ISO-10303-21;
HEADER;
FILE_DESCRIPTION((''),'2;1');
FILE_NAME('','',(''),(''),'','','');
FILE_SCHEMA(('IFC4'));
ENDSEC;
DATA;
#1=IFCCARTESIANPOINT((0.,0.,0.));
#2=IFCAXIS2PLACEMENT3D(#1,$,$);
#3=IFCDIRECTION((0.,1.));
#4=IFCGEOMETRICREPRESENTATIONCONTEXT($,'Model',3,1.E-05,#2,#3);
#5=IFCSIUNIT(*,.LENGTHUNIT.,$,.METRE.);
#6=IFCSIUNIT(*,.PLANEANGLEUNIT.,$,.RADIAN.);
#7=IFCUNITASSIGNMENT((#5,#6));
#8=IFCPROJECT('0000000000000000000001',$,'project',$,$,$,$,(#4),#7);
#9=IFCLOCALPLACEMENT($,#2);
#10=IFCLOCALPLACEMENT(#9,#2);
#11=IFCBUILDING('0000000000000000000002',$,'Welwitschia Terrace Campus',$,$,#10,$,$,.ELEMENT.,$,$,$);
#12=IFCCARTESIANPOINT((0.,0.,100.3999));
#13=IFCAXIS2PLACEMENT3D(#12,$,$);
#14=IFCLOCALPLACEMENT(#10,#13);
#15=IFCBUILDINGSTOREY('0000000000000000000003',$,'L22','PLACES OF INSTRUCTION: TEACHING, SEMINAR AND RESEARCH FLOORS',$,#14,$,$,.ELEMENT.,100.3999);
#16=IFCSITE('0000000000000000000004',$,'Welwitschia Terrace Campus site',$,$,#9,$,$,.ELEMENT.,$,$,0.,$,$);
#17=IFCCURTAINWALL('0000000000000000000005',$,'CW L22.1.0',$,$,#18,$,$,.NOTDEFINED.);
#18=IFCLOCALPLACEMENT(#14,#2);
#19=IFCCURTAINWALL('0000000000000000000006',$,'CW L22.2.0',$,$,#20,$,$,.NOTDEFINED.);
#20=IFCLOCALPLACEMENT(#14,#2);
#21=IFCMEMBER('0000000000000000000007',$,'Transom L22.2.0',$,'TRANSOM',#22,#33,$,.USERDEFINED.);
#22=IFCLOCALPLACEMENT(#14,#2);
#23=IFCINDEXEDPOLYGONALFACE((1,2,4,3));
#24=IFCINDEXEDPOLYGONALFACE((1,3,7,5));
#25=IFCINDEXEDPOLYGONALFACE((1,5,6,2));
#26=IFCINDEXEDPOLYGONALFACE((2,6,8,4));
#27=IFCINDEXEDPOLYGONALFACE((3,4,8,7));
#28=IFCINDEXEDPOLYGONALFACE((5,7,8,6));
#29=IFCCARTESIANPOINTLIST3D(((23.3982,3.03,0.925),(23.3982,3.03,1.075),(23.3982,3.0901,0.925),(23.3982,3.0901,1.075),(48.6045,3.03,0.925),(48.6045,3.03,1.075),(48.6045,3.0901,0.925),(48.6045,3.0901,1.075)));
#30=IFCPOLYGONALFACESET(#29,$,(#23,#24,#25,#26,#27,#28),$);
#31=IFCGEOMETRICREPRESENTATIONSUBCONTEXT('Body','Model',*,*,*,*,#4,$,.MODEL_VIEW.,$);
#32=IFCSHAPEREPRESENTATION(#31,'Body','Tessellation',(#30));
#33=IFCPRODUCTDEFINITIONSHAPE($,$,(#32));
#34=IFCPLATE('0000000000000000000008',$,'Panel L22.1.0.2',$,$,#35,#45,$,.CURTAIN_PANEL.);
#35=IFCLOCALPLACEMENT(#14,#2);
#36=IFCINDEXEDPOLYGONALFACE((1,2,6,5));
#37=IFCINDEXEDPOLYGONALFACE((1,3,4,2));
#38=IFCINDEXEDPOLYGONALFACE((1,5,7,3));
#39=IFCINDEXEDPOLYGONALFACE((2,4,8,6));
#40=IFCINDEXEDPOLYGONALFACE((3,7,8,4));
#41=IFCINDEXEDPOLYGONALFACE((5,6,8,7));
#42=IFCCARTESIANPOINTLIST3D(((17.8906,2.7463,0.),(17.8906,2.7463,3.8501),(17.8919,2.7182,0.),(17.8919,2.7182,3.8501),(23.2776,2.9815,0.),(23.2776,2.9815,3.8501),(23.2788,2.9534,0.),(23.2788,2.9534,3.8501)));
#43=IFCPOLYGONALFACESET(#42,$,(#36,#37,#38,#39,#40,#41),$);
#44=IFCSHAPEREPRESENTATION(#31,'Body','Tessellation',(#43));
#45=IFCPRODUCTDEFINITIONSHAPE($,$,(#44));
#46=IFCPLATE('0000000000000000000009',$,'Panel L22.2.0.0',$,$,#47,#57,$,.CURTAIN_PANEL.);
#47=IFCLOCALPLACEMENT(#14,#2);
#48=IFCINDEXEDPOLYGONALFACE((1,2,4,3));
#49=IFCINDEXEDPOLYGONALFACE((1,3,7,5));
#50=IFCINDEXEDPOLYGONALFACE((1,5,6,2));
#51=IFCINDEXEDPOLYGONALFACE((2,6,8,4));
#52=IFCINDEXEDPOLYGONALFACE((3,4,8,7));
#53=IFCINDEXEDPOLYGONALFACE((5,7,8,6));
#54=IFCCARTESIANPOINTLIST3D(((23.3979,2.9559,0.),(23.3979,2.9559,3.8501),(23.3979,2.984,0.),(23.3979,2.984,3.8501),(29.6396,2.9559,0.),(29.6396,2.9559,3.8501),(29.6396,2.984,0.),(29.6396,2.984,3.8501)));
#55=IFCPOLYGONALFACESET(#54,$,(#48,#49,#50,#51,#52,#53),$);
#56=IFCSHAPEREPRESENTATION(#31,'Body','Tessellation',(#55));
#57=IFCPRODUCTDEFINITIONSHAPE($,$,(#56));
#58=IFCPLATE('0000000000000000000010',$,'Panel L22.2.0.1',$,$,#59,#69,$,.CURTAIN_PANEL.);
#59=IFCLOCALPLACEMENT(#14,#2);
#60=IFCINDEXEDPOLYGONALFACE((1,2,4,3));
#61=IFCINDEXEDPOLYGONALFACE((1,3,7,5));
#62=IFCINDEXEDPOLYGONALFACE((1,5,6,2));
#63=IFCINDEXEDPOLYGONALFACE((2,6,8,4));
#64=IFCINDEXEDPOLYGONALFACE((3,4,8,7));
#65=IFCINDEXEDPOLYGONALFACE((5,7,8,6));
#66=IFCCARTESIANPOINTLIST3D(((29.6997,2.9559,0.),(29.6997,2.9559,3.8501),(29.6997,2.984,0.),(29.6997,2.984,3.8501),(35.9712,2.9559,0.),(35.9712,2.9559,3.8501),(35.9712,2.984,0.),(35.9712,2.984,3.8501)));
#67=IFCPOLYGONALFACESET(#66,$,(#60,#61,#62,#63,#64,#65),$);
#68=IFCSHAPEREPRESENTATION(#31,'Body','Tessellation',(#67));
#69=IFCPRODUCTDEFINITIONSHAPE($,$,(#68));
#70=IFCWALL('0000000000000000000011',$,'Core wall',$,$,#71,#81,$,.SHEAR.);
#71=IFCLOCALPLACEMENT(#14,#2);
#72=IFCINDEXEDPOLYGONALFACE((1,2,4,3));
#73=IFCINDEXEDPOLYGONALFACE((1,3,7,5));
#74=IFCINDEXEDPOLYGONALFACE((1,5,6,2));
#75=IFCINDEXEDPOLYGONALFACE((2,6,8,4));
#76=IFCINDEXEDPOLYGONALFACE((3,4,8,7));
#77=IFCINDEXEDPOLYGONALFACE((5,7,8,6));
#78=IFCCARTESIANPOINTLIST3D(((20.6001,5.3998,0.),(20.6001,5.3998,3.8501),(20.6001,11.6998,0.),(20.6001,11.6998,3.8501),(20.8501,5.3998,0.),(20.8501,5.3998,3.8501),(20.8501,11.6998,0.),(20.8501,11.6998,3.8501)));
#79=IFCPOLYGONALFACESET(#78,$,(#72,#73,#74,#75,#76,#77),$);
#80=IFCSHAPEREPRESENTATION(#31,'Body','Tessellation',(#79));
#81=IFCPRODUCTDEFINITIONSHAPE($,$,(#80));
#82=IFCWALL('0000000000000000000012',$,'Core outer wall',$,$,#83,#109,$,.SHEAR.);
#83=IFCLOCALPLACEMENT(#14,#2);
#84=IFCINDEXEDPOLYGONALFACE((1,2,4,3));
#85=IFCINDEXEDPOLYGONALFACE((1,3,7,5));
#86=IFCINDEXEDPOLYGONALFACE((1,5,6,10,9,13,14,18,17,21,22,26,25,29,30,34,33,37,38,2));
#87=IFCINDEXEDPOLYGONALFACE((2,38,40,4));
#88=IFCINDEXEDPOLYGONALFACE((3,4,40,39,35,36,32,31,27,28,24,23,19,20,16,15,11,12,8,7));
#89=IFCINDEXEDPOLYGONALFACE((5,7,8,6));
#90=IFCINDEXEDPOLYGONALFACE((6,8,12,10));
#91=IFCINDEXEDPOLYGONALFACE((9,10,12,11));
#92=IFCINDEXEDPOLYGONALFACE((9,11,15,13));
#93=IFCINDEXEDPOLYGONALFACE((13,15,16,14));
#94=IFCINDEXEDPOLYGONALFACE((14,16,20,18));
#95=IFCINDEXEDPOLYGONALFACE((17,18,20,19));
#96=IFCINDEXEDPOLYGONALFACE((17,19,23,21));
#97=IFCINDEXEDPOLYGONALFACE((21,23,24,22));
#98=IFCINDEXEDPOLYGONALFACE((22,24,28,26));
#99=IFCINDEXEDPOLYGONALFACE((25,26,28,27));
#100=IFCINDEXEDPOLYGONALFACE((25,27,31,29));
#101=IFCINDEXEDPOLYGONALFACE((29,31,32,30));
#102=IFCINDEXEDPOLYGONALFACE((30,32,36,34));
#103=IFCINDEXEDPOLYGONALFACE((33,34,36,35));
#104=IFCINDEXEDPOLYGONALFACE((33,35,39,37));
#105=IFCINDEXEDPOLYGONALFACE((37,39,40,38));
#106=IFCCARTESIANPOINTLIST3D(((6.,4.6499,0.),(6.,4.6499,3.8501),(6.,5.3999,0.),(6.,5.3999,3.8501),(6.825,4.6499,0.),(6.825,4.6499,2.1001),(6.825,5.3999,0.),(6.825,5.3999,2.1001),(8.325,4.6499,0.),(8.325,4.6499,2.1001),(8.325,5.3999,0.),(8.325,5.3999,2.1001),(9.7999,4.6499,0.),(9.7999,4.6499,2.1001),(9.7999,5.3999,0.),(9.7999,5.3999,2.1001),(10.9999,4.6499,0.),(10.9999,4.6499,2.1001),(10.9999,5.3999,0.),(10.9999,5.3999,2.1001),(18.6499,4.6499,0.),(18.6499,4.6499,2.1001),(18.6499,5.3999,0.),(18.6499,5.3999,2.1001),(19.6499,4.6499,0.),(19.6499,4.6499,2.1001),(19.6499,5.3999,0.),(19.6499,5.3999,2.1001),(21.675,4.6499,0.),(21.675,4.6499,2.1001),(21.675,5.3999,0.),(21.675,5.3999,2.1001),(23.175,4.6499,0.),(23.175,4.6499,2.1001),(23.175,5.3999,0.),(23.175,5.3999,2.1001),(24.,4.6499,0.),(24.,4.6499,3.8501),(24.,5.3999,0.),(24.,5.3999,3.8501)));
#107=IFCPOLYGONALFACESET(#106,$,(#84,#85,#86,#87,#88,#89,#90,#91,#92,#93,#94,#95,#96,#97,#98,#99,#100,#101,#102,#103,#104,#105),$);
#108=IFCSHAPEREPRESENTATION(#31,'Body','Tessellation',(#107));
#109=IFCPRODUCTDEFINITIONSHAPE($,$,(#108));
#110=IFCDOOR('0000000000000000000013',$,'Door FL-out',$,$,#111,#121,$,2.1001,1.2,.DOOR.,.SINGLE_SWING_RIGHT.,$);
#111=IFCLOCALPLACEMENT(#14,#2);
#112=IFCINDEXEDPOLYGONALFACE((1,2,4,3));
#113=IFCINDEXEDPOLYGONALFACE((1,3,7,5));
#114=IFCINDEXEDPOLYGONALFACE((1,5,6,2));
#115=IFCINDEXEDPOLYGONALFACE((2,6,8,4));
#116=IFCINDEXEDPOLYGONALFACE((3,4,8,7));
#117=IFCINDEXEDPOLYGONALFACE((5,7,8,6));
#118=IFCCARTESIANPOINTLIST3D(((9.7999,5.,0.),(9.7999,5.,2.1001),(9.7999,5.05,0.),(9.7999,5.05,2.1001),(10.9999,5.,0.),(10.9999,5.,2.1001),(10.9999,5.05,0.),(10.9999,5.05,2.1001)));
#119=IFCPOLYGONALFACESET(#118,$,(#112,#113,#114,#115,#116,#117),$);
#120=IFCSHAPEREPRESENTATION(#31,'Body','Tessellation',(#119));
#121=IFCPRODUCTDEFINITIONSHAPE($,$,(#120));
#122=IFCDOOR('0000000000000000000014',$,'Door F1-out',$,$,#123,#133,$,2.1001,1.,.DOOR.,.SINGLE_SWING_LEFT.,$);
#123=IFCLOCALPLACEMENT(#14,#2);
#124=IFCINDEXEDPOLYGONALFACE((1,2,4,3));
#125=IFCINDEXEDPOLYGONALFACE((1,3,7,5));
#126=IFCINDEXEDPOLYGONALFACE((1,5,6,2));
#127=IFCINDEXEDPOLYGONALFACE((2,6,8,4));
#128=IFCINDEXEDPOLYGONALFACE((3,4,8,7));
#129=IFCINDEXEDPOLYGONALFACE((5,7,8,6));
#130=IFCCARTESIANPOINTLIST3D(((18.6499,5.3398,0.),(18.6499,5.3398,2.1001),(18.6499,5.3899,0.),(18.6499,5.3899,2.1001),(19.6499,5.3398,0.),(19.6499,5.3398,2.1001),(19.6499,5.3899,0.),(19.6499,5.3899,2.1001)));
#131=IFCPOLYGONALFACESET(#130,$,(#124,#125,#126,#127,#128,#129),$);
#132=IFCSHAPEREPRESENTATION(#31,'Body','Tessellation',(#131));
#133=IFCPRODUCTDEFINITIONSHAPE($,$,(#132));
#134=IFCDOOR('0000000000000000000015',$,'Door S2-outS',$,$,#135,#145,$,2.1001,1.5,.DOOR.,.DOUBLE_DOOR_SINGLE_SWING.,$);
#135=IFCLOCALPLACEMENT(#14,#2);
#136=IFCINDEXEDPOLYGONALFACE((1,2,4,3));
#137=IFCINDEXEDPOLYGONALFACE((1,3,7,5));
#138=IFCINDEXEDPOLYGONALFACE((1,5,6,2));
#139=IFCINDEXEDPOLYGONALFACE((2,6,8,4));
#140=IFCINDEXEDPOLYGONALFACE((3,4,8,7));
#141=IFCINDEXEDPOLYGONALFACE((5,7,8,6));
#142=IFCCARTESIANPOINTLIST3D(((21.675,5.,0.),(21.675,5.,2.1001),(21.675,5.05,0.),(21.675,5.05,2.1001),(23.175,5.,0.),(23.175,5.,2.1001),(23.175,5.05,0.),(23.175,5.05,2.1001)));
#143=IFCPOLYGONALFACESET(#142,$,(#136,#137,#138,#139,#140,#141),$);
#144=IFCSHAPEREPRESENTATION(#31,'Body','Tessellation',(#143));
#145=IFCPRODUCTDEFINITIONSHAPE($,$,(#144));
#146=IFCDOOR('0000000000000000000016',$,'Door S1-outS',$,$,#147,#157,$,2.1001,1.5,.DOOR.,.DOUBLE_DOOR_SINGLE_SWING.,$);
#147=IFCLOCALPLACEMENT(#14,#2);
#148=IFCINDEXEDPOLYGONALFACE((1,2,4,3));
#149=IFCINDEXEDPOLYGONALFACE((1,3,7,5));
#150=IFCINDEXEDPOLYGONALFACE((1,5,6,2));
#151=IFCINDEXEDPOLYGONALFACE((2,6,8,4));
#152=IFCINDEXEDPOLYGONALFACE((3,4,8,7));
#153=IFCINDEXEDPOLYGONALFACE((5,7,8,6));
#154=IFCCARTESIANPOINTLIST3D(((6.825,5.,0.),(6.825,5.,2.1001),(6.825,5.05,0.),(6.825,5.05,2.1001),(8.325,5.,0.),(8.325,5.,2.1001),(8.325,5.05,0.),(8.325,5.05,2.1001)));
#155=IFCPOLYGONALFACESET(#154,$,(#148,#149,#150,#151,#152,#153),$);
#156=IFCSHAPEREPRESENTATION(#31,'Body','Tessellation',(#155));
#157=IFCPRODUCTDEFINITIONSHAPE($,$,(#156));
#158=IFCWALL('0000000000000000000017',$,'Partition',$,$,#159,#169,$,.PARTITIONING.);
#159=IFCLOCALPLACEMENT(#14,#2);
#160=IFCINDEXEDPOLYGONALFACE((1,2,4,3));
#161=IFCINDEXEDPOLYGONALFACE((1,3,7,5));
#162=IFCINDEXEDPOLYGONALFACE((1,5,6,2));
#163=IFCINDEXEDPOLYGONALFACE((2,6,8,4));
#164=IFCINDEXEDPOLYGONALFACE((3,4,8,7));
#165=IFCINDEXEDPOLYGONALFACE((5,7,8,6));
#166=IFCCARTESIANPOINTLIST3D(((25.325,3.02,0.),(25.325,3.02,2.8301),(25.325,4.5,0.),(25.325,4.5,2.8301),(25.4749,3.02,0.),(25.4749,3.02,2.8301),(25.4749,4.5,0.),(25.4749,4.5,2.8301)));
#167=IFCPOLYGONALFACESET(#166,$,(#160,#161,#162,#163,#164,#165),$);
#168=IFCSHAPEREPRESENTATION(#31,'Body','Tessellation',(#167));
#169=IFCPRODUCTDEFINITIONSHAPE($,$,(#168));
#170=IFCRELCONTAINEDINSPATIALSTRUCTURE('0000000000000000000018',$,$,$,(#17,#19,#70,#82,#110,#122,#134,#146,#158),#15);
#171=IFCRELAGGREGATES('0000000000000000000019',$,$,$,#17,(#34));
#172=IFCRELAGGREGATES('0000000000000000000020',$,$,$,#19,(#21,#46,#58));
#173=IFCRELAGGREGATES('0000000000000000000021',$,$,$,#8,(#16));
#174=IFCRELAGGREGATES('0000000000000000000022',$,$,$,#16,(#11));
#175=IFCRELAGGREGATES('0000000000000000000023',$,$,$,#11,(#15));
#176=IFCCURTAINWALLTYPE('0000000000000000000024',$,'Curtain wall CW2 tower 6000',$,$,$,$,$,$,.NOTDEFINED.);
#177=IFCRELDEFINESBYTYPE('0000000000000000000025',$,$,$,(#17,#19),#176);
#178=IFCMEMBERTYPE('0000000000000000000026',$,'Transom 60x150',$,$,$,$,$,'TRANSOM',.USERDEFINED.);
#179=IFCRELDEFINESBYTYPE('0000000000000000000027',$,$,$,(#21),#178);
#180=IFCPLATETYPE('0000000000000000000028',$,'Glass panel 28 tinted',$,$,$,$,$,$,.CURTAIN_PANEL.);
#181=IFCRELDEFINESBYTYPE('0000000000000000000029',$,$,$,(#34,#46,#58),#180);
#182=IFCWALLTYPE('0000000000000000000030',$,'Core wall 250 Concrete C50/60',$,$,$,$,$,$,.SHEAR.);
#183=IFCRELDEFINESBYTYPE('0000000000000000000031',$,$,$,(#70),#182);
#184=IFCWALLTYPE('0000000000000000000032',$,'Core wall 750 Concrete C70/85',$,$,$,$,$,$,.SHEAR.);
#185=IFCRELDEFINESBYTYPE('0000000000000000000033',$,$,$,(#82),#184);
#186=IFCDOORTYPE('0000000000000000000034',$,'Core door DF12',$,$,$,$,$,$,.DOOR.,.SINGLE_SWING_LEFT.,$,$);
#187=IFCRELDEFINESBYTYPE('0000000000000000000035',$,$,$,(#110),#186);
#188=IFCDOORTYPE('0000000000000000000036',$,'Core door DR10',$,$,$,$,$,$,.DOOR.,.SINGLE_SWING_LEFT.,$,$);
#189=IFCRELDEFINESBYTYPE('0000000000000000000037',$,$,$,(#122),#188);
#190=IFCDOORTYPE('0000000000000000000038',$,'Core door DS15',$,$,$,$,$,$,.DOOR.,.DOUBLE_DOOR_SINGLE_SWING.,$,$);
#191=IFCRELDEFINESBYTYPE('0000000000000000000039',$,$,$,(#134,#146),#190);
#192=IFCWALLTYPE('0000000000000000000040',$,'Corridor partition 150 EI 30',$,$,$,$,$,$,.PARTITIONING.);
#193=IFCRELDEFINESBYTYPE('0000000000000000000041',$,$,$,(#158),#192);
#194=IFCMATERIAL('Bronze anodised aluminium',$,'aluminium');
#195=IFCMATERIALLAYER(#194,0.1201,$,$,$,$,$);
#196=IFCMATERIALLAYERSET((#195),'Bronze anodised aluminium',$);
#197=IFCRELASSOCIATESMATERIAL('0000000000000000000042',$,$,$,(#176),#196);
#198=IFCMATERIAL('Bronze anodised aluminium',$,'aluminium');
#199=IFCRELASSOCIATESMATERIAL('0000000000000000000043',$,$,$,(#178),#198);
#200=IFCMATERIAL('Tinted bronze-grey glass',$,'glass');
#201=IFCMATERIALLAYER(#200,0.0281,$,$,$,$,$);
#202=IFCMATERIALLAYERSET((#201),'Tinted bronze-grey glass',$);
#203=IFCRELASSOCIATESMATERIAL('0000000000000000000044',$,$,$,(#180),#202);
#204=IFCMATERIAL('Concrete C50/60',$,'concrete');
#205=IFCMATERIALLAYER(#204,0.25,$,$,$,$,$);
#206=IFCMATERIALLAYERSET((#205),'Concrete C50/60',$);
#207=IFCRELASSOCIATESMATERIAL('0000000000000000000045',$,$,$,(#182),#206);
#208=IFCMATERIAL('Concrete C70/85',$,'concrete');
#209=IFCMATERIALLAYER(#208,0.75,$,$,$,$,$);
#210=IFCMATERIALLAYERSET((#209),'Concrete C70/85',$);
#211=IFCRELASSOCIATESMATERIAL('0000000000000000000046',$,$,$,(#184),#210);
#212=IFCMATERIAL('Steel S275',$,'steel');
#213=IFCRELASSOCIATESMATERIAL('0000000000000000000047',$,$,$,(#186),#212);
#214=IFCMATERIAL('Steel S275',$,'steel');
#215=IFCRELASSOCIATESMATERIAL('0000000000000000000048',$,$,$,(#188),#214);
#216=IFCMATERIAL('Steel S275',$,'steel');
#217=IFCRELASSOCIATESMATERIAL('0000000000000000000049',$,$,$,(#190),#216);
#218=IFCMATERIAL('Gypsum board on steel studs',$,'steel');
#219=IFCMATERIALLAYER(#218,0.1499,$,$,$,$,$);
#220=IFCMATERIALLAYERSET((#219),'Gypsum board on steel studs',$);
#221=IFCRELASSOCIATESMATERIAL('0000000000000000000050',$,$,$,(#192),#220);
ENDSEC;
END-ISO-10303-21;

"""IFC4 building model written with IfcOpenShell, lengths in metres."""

from ifc_helpers import new_model, si_unit, direction, frame, frame_2d, origin, origin_2d, place, context, subcontext, project, spatial, rectangle, extrude, material, layer, layer_set, material_profile, profile_set, type_object, element, fill, aggregate, save


model = new_model("IFC4")

# Units and contexts
model_context = context("Model", 3, precision=1e-05, world=origin(), true_north=direction((0.0, 1.0)))
body_context = subcontext(model_context, "Body", "Model", "MODEL_VIEW")
ifc_project = project(units=[si_unit("LENGTHUNIT", "METRE"), si_unit("PLANEANGLEUNIT", "RADIAN")], contexts=[model_context])

# Site, building, storey
site_placement = place(None, origin())
site = spatial("IfcSite", under=ifc_project, at=site_placement, Name="Welwitschia Terrace Campus site", CompositionType="ELEMENT", RefElevation=0.0)
building_placement = place(site_placement, origin())
building = spatial("IfcBuilding", under=site, at=building_placement, Name="Welwitschia Terrace Campus", CompositionType="ELEMENT")
storey_placement = place(building_placement, frame((0.0, 0.0, 100.3999)))
storey = spatial("IfcBuildingStorey", under=building, at=storey_placement, Name="L22", Description="PLACES OF INSTRUCTION: TEACHING, SEMINAR AND RESEARCH FLOORS", CompositionType="ELEMENT", Elevation=100.3999)

# Curtain wall
ifc_material_1 = material(Name="Bronze anodised aluminium", Category="aluminium")
ifc_layer_1 = layer(ifc_material_1, 0.1201)
ifc_layer_set_1 = layer_set([ifc_layer_1], Name="Bronze anodised aluminium")
curtain_wall_type = type_object("IfcCurtainWallType", Name="Curtain wall CW2 tower 6000", PredefinedType="NOTDEFINED", material=ifc_layer_set_1)
curtain_wall_1_placement = place(storey_placement, origin())
curtain_wall_1 = element("IfcCurtainWall", 1, at=curtain_wall_1_placement, inside=storey, type_object=curtain_wall_type, Name="CW L22.1.0", PredefinedType="NOTDEFINED")

# Curtain wall
curtain_wall_2_placement = place(storey_placement, origin())
curtain_wall_2 = element("IfcCurtainWall", 2, at=curtain_wall_2_placement, inside=storey, type_object=curtain_wall_type, Name="CW L22.2.0", PredefinedType="NOTDEFINED")

# Member
ifc_material_2 = material(Name="Bronze anodised aluminium", Category="aluminium")
ifc_material_profile_1 = material_profile(ifc_material_2, rectangle(XDim=0.0601, YDim=0.1499, at=origin_2d()))
ifc_profile_set_1 = profile_set([ifc_material_profile_1], Name="Bronze anodised aluminium")
member_type_1 = type_object("IfcMemberType", Name="Transom 60x150", ElementType="TRANSOM", PredefinedType="USERDEFINED", material=ifc_profile_set_1)
member_1_placement = place(storey_placement, frame((23.3982, 3.0601, 1.0), z_axis=(1.0, 0.0, 0.0), x_axis=(0.0, 1.0, 0.0)))
member_1 = element("IfcMember", 3, at=member_1_placement, type_object=member_type_1, Name="Transom L22.2.0", ObjectType="TRANSOM", PredefinedType="USERDEFINED", context=body_context, shape_type="SweptSolid", body=[
    extrude(rectangle(XDim=0.0601, YDim=0.1499, at=origin_2d()), origin(), (0.0, 0.0, 1.0), 25.2063),
])

# Plates
ifc_material_3 = material(Name="Tinted bronze-grey glass", Category="glass")
ifc_layer_2 = layer(ifc_material_3, 0.0281)
ifc_layer_set_2 = layer_set([ifc_layer_2], Name="Tinted bronze-grey glass")
plate_type = type_object("IfcPlateType", Name="Glass panel 28 tinted", PredefinedType="CURTAIN_PANEL", material=ifc_layer_set_2)
plate_1_placement = place(storey_placement, frame((20.5847, 2.8499, 0.0), z_axis=(0.0, 0.0, 1.0), x_axis=(0.999048, 0.043619, 0.0)))
plate_1 = element("IfcPlate", 4, at=plate_1_placement, type_object=plate_type, Name="Panel L22.1.0.2", PredefinedType="CURTAIN_PANEL", context=body_context, shape_type="SweptSolid", body=[
    extrude(rectangle(XDim=5.3921, YDim=0.0281, at=origin_2d()), origin(), (0.0, 0.0, 1.0), 3.8501),
])
aggregate(curtain_wall_1, [plate_1])
plate_2_placement = place(storey_placement, frame((26.5188, 2.97, 0.0), z_axis=(0.0, 0.0, 1.0), x_axis=(1.0, 0.0, 0.0)))
plate_2 = element("IfcPlate", 5, at=plate_2_placement, type_object=plate_type, Name="Panel L22.2.0.0", PredefinedType="CURTAIN_PANEL", context=body_context, shape_type="SweptSolid", body=[
    extrude(rectangle(XDim=6.2417, YDim=0.0281, at=origin_2d()), origin(), (0.0, 0.0, 1.0), 3.8501),
])
plate_3_placement = place(storey_placement, frame((32.8354, 2.97, 0.0), z_axis=(0.0, 0.0, 1.0), x_axis=(1.0, 0.0, 0.0)))
plate_3 = element("IfcPlate", 6, at=plate_3_placement, type_object=plate_type, Name="Panel L22.2.0.1", PredefinedType="CURTAIN_PANEL", context=body_context, shape_type="SweptSolid", body=[
    extrude(rectangle(XDim=6.2715, YDim=0.0281, at=origin_2d()), origin(), (0.0, 0.0, 1.0), 3.8501),
])
aggregate(curtain_wall_2, [member_1, plate_2, plate_3])

# Wall
ifc_material_4 = material(Name="Concrete C50/60", Category="concrete")
ifc_layer_3 = layer(ifc_material_4, 0.25)
ifc_layer_set_3 = layer_set([ifc_layer_3], Name="Concrete C50/60")
wall_type_1 = type_object("IfcWallType", Name="Core wall 250 Concrete C50/60", PredefinedType="SHEAR", material=ifc_layer_set_3)
wall_1_placement = place(storey_placement, frame((20.7251, 5.3999, 0.0), z_axis=(0.0, 0.0, 1.0), x_axis=(0.0, 1.0, 0.0)))
element("IfcWall", 7, at=wall_1_placement, inside=storey, type_object=wall_type_1, Name="Core wall", PredefinedType="SHEAR", context=body_context, shape_type="SweptSolid", body=[
    extrude(rectangle(XDim=6.3, YDim=0.25, at=frame_2d((3.1499, 0.0))), origin(), (0.0, 0.0, 1.0), 3.8501),
])

# Wall, openings, doors
ifc_material_5 = material(Name="Concrete C70/85", Category="concrete")
ifc_layer_4 = layer(ifc_material_5, 0.75)
ifc_layer_set_4 = layer_set([ifc_layer_4], Name="Concrete C70/85")
wall_type_2 = type_object("IfcWallType", Name="Core wall 750 Concrete C70/85", PredefinedType="SHEAR", material=ifc_layer_set_4)
wall_2_placement = place(storey_placement, frame((24.0, 5.0249, 0.0), z_axis=(0.0, 0.0, 1.0), x_axis=(-1.0, 0.0, 0.0)))
wall_2 = element("IfcWall", 8, at=wall_2_placement, inside=storey, type_object=wall_type_2, Name="Core outer wall", PredefinedType="SHEAR", context=body_context, shape_type="SweptSolid", body=[
    extrude(rectangle(XDim=18.0, YDim=0.75, at=frame_2d((9.0, 0.0))), origin(), (0.0, 0.0, 1.0), 3.8501),
])
opening_1_placement = place(wall_2_placement, frame((0.825, 0.0, 0.0)))
opening_1 = element("IfcOpeningElement", 9, at=opening_1_placement, cuts=wall_2, PredefinedType="OPENING", context=body_context, shape_type="SweptSolid", body=[
    extrude(rectangle(XDim=1.5, YDim=2.1001, at=frame_2d((0.75, 1.05))), frame((0.0, 0.385, 0.0), z_axis=(0.0, -1.0, 0.0), x_axis=(1.0, 0.0, 0.0)), (0.0, 0.0, 1.0), 0.77),
])
opening_2_placement = place(wall_2_placement, frame((15.675, 0.0, 0.0)))
opening_2 = element("IfcOpeningElement", 10, at=opening_2_placement, cuts=wall_2, PredefinedType="OPENING", context=body_context, shape_type="SweptSolid", body=[
    extrude(rectangle(XDim=1.5, YDim=2.1001, at=frame_2d((0.75, 1.05))), frame((0.0, 0.385, 0.0), z_axis=(0.0, -1.0, 0.0), x_axis=(1.0, 0.0, 0.0)), (0.0, 0.0, 1.0), 0.77),
])
opening_3_placement = place(wall_2_placement, frame((13.0, 0.0, 0.0)))
opening_3 = element("IfcOpeningElement", 11, at=opening_3_placement, cuts=wall_2, PredefinedType="OPENING", context=body_context, shape_type="SweptSolid", body=[
    extrude(rectangle(XDim=1.2, YDim=2.1001, at=frame_2d((0.6001, 1.05))), frame((0.0, 0.385, 0.0), z_axis=(0.0, -1.0, 0.0), x_axis=(1.0, 0.0, 0.0)), (0.0, 0.0, 1.0), 0.77),
])
opening_4_placement = place(wall_2_placement, frame((4.3501, 0.0, 0.0)))
opening_4 = element("IfcOpeningElement", 12, at=opening_4_placement, cuts=wall_2, PredefinedType="OPENING", context=body_context, shape_type="SweptSolid", body=[
    extrude(rectangle(XDim=1.0, YDim=2.1001, at=frame_2d((0.5, 1.05))), frame((0.0, 0.385, 0.0), z_axis=(0.0, -1.0, 0.0), x_axis=(1.0, 0.0, 0.0)), (0.0, 0.0, 1.0), 0.77),
])
ifc_material_6 = material(Name="Steel S275", Category="steel")
door_type_1 = type_object("IfcDoorType", Name="Core door DF12", OperationType="SINGLE_SWING_LEFT", PredefinedType="DOOR", material=ifc_material_6)
door_1_placement = place(opening_3_placement, origin())
door_1 = element("IfcDoor", 13, at=door_1_placement, inside=storey, type_object=door_type_1, Name="Door FL-out", OperationType="SINGLE_SWING_RIGHT", OverallHeight=2.1001, OverallWidth=1.2, PredefinedType="DOOR", context=body_context, shape_type="SweptSolid", body=[
    extrude(rectangle(XDim=1.2, YDim=2.1001, at=frame_2d((0.6001, 1.05))), frame((0.0, 0.0249, 0.0), z_axis=(0.0, -1.0, 0.0), x_axis=(1.0, 0.0, 0.0)), (0.0, 0.0, 1.0), 0.05),
])
fill(opening_3, door_1)
ifc_material_7 = material(Name="Steel S275", Category="steel")
door_type_2 = type_object("IfcDoorType", Name="Core door DR10", OperationType="SINGLE_SWING_LEFT", PredefinedType="DOOR", material=ifc_material_7)
door_2_placement = place(opening_4_placement, origin())
door_2 = element("IfcDoor", 14, at=door_2_placement, inside=storey, type_object=door_type_2, Name="Door F1-out", OperationType="SINGLE_SWING_LEFT", OverallHeight=2.1001, OverallWidth=1.0, PredefinedType="DOOR", context=body_context, shape_type="SweptSolid", body=[
    extrude(rectangle(XDim=1.0, YDim=2.1001, at=frame_2d((0.5, 1.05))), frame((0.0, -0.3149, 0.0), z_axis=(0.0, -1.0, 0.0), x_axis=(1.0, 0.0, 0.0)), (0.0, 0.0, 1.0), 0.05),
])
fill(opening_4, door_2)
ifc_material_8 = material(Name="Steel S275", Category="steel")
door_type_3 = type_object("IfcDoorType", Name="Core door DS15", OperationType="DOUBLE_DOOR_SINGLE_SWING", PredefinedType="DOOR", material=ifc_material_8)
door_3_placement = place(opening_1_placement, origin())
door_3 = element("IfcDoor", 15, at=door_3_placement, inside=storey, type_object=door_type_3, Name="Door S2-outS", OperationType="DOUBLE_DOOR_SINGLE_SWING", OverallHeight=2.1001, OverallWidth=1.5, PredefinedType="DOOR", context=body_context, shape_type="SweptSolid", body=[
    extrude(rectangle(XDim=1.5, YDim=2.1001, at=frame_2d((0.75, 1.05))), frame((0.0, 0.0249, 0.0), z_axis=(0.0, -1.0, 0.0), x_axis=(1.0, 0.0, 0.0)), (0.0, 0.0, 1.0), 0.05),
])
fill(opening_1, door_3)
door_4_placement = place(opening_2_placement, origin())
door_4 = element("IfcDoor", 16, at=door_4_placement, inside=storey, type_object=door_type_3, Name="Door S1-outS", OperationType="DOUBLE_DOOR_SINGLE_SWING", OverallHeight=2.1001, OverallWidth=1.5, PredefinedType="DOOR", context=body_context, shape_type="SweptSolid", body=[
    extrude(rectangle(XDim=1.5, YDim=2.1001, at=frame_2d((0.75, 1.05))), frame((0.0, 0.0249, 0.0), z_axis=(0.0, -1.0, 0.0), x_axis=(1.0, 0.0, 0.0)), (0.0, 0.0, 1.0), 0.05),
])
fill(opening_2, door_4)

# Wall
ifc_material_9 = material(Name="Gypsum board on steel studs", Category="steel")
ifc_layer_5 = layer(ifc_material_9, 0.1499)
ifc_layer_set_5 = layer_set([ifc_layer_5], Name="Gypsum board on steel studs")
wall_type_3 = type_object("IfcWallType", Name="Corridor partition 150 EI 30", PredefinedType="PARTITIONING", material=ifc_layer_set_5)
wall_3_placement = place(storey_placement, frame((25.3999, 3.02, 0.0), z_axis=(0.0, 0.0, 1.0), x_axis=(0.0, 1.0, 0.0)))
element("IfcWall", 17, at=wall_3_placement, inside=storey, type_object=wall_type_3, Name="Partition", PredefinedType="PARTITIONING", context=body_context, shape_type="SweptSolid", body=[
    extrude(rectangle(XDim=1.48, YDim=0.1499, at=frame_2d((0.74, 0.0))), origin(), (0.0, 0.0, 1.0), 2.8301),
])

save(model, "model.ifc")
